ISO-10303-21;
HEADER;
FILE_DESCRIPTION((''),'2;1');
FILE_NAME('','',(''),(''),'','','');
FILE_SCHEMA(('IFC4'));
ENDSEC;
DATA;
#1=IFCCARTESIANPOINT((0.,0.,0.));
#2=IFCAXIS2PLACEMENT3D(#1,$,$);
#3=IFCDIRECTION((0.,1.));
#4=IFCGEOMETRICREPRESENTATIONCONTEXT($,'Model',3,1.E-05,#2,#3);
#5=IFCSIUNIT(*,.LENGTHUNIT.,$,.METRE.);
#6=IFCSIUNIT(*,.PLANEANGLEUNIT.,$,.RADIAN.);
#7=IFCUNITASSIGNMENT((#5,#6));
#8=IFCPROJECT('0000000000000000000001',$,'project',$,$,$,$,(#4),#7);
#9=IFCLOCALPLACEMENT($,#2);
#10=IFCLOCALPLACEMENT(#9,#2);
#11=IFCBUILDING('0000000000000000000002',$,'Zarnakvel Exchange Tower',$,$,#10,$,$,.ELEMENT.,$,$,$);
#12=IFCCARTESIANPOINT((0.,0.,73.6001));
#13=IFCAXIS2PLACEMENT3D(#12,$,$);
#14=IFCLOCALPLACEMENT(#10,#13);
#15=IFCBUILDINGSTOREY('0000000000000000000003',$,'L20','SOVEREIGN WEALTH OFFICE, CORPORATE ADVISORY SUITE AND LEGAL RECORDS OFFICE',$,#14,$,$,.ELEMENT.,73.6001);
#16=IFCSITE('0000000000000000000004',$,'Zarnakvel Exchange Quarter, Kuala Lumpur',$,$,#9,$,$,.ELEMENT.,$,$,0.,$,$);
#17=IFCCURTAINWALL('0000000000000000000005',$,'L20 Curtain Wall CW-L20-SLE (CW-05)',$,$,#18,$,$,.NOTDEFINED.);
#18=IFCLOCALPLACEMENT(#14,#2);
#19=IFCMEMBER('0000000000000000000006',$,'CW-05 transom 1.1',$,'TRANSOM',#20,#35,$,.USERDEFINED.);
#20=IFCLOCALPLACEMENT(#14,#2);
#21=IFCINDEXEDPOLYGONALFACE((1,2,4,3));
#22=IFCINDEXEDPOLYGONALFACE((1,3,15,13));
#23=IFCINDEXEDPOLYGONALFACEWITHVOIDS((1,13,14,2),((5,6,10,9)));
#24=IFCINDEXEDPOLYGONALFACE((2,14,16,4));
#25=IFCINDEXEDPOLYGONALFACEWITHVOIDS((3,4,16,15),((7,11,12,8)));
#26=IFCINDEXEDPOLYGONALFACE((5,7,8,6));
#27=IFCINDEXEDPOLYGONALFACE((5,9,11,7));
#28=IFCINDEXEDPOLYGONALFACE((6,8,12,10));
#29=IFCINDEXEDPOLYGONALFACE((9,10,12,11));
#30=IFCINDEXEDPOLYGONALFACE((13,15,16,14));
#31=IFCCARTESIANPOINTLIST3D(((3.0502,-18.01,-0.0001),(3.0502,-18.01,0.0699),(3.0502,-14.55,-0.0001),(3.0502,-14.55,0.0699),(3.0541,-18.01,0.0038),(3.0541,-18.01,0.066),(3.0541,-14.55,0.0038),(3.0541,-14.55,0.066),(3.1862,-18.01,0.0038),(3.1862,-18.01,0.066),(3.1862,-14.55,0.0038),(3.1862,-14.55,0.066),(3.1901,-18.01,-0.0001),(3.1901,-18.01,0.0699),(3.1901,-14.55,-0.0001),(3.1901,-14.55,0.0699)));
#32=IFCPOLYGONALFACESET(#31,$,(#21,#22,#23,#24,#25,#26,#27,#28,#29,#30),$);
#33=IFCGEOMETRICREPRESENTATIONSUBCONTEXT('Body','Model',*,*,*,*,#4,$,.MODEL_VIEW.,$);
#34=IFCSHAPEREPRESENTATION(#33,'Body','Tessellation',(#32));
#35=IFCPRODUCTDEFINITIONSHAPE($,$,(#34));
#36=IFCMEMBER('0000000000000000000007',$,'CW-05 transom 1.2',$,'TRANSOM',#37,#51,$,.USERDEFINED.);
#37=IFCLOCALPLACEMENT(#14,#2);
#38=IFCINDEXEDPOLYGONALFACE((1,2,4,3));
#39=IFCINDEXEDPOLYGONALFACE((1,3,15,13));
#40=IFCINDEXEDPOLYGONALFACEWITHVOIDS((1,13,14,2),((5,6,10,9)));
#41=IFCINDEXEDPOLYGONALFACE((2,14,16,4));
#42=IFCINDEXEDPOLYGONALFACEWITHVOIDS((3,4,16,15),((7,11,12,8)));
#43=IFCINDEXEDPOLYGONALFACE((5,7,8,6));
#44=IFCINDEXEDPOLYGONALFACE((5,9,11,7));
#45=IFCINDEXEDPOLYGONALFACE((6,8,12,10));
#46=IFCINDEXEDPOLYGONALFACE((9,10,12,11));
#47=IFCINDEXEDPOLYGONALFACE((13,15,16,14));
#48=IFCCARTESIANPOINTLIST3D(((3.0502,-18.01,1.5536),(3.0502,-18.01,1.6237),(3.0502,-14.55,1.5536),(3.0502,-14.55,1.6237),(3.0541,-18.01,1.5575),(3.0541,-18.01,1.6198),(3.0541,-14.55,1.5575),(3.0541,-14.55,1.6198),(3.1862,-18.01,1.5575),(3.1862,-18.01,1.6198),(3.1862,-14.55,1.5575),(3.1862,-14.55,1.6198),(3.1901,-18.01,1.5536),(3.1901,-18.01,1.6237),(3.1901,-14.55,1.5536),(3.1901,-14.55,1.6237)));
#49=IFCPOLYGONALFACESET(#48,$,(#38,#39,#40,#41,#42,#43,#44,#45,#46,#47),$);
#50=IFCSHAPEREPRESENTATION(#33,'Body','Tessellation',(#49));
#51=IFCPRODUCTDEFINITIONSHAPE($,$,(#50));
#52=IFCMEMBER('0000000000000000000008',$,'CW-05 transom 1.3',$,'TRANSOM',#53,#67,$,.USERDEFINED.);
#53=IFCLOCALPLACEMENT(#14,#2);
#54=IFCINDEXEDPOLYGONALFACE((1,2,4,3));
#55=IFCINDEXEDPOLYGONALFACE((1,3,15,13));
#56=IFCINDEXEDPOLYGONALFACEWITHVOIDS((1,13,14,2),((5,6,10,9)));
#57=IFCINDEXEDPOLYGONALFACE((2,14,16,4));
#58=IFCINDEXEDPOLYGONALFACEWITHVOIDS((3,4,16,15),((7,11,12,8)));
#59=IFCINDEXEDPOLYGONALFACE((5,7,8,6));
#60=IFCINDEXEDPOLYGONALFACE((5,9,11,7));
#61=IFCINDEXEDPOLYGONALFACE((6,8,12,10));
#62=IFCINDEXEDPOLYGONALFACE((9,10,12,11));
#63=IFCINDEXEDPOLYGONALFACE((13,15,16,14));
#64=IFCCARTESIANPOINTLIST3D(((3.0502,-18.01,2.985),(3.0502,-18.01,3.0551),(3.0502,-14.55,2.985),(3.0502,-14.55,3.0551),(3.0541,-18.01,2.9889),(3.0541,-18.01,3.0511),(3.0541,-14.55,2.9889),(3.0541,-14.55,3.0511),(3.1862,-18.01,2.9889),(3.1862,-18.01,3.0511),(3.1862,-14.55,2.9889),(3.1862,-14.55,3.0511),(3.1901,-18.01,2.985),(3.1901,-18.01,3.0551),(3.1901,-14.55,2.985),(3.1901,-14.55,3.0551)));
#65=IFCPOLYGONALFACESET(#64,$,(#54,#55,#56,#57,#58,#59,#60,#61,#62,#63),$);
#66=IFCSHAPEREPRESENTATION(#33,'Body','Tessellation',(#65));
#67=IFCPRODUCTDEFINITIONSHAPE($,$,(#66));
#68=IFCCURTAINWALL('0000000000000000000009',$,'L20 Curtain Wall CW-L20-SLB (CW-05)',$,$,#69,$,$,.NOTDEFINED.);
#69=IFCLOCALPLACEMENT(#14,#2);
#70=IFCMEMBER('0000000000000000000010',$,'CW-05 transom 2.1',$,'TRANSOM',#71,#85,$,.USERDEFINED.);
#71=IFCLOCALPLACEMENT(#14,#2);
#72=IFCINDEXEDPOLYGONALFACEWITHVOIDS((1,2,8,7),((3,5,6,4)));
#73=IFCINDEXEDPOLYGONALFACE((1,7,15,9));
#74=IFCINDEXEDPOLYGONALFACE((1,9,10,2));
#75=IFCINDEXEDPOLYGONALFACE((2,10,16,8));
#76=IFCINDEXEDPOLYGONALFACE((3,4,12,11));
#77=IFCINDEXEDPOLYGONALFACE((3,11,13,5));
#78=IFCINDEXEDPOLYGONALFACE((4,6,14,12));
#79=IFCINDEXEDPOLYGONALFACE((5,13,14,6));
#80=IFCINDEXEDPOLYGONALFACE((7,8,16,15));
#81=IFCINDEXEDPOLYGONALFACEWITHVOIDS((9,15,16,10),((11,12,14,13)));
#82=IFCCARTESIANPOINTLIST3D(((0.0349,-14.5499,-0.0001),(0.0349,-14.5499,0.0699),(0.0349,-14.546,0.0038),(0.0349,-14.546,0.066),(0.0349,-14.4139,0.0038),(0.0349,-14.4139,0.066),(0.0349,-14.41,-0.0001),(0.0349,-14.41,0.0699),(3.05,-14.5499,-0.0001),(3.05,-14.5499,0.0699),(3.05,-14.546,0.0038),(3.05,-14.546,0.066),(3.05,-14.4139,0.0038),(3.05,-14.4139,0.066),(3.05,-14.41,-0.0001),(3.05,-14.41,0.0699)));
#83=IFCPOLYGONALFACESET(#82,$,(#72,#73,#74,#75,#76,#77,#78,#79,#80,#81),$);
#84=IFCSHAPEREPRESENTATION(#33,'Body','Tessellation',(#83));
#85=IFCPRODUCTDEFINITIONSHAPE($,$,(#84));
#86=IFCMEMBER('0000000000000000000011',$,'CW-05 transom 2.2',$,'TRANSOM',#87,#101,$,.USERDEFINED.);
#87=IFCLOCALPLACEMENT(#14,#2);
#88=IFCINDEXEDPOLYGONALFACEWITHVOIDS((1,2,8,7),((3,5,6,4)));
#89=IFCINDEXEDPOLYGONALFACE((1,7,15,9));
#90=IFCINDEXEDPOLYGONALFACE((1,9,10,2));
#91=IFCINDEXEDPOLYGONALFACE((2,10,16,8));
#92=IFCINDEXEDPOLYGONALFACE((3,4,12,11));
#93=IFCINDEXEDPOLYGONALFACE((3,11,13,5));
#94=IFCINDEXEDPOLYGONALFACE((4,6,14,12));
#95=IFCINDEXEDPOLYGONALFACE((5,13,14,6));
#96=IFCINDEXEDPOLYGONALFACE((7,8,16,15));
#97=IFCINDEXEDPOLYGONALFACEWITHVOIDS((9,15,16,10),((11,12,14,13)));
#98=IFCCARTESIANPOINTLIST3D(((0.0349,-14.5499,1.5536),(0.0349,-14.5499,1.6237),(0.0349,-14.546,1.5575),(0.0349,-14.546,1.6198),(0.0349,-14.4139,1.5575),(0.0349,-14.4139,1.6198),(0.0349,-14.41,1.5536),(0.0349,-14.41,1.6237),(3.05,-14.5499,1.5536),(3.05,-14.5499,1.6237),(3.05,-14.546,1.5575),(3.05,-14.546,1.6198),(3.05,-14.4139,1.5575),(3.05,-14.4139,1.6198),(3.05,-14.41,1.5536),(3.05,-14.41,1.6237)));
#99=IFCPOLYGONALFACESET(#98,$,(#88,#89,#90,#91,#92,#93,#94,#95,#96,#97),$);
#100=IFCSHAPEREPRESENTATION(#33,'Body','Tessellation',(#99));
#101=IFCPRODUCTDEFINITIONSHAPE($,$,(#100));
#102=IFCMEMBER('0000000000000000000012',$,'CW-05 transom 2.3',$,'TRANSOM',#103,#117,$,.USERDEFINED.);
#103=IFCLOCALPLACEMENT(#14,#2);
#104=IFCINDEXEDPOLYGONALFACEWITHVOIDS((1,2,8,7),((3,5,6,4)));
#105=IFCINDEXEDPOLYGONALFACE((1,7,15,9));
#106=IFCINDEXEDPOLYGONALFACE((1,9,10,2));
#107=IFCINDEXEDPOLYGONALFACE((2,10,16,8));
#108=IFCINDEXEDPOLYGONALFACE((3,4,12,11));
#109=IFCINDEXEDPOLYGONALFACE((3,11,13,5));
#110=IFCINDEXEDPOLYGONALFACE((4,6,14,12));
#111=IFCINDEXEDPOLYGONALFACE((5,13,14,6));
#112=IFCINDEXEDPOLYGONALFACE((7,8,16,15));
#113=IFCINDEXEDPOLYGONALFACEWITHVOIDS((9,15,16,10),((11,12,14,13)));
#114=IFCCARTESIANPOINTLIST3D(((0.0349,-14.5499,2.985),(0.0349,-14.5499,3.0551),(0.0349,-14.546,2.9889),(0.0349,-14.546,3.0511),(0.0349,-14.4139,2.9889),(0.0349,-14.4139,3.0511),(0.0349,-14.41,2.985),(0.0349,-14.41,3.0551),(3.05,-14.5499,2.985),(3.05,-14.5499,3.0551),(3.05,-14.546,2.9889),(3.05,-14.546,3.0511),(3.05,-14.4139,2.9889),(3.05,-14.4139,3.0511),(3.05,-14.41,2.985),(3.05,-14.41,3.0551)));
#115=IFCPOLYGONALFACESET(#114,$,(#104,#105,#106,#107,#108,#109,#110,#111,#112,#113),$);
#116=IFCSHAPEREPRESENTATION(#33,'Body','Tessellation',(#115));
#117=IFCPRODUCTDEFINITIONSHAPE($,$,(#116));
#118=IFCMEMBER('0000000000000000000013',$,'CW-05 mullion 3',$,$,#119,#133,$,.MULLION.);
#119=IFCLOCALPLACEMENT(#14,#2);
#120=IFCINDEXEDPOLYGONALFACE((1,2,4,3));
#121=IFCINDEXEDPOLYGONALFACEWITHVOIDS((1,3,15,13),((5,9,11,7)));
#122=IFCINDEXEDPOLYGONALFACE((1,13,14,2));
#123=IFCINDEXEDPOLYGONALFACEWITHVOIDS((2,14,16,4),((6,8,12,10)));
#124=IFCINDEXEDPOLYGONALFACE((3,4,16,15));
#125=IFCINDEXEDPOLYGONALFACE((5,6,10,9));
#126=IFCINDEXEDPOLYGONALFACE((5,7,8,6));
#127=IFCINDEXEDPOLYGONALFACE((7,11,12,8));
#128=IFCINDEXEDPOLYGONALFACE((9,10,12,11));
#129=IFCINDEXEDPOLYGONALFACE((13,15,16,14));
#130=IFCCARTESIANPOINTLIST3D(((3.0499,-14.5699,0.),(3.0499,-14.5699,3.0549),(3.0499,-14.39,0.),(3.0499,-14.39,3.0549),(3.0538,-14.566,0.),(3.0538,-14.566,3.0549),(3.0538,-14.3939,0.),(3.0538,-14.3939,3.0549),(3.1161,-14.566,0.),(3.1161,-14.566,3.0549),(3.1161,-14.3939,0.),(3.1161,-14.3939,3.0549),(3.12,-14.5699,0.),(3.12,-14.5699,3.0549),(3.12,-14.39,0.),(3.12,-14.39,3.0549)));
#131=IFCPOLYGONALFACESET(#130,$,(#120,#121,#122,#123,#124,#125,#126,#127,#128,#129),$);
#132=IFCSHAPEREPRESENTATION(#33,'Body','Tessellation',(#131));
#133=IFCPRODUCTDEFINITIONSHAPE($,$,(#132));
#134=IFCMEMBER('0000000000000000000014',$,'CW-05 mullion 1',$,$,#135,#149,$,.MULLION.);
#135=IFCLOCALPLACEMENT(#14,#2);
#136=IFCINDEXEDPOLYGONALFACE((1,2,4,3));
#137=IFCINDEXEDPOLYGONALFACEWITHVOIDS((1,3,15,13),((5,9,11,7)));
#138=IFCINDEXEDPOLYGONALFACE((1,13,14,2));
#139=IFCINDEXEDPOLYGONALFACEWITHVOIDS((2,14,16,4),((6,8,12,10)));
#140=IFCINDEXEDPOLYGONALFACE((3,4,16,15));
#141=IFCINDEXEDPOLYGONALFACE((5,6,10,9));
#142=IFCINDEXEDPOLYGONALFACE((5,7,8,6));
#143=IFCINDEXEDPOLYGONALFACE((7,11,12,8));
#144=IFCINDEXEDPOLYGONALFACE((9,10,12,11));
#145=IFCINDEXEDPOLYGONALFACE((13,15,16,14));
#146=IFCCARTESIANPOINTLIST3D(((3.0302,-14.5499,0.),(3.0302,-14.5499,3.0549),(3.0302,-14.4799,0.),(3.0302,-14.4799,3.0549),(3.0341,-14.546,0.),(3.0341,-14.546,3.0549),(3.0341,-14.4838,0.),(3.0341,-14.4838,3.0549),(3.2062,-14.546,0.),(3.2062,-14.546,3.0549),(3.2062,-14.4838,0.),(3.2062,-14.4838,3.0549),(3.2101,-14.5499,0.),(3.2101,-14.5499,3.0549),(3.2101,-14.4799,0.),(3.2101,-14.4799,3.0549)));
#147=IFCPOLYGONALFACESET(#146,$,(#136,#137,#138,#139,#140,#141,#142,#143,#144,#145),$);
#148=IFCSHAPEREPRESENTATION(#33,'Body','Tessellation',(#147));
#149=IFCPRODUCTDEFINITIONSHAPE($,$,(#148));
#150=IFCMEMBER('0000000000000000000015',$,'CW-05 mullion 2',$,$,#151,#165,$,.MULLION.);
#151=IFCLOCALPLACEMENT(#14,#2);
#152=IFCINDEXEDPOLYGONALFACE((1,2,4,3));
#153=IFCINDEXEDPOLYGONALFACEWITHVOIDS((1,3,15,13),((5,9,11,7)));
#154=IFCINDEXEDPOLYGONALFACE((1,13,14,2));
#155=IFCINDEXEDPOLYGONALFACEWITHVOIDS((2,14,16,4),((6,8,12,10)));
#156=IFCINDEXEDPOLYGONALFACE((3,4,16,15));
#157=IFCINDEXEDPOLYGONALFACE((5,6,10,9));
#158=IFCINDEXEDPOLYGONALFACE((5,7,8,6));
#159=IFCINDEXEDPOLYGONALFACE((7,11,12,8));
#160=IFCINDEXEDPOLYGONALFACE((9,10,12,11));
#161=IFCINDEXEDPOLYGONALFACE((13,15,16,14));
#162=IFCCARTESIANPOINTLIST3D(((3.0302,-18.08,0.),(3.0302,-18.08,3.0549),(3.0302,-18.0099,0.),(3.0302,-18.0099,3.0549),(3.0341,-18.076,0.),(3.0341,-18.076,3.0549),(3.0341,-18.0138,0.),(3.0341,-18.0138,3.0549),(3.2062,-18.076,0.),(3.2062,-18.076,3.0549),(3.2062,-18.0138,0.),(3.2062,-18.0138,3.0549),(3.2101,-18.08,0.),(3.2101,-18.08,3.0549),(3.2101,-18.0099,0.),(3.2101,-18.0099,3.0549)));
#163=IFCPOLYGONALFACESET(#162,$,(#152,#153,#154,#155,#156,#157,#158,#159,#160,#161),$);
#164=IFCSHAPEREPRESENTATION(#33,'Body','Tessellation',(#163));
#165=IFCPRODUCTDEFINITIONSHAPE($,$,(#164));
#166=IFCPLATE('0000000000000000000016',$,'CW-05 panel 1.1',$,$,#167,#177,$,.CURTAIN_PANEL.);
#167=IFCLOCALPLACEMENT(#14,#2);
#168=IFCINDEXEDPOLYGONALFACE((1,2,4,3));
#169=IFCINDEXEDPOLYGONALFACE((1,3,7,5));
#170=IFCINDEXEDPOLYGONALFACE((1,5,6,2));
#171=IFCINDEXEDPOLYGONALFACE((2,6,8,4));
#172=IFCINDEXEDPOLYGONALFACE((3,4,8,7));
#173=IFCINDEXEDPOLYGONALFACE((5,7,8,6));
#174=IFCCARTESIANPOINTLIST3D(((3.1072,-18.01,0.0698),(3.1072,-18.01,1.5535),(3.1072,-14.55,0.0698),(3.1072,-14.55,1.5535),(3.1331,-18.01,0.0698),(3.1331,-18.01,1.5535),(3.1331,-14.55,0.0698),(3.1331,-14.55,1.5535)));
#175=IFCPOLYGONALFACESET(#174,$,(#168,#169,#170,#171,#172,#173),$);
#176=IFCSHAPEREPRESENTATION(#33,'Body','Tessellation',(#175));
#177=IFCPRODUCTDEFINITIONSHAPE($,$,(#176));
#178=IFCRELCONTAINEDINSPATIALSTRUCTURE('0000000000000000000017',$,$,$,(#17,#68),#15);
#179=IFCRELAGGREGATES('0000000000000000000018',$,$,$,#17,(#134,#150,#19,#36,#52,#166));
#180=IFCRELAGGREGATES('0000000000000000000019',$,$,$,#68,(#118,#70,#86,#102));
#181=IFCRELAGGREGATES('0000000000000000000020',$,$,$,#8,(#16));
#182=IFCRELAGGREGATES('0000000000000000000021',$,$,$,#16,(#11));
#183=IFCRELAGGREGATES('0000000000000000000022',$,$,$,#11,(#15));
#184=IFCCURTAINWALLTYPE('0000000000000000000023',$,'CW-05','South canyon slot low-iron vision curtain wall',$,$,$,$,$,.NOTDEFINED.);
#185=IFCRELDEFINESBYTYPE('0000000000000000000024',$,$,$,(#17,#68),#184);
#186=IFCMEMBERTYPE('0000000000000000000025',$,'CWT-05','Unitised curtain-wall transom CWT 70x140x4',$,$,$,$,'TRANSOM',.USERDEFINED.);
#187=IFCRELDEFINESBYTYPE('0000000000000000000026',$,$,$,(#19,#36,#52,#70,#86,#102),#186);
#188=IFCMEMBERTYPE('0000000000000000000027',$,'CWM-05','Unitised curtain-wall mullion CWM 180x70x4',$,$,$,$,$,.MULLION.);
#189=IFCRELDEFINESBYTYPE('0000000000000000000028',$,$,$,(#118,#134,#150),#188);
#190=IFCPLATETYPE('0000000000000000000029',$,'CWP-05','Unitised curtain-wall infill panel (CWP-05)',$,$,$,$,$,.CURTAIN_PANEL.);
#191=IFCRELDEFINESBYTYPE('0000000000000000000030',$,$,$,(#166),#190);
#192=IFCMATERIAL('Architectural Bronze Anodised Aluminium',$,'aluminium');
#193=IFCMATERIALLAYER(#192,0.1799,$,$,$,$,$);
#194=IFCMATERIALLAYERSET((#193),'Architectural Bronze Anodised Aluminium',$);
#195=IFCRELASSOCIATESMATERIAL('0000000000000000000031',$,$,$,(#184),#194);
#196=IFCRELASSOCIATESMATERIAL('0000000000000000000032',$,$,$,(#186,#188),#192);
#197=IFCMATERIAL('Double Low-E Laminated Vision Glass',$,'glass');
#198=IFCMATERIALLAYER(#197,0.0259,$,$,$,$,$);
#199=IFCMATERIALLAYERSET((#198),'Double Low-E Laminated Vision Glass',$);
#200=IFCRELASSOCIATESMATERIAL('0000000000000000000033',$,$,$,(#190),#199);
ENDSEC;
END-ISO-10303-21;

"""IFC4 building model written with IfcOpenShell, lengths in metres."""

from ifc_helpers import new_model, si_unit, direction, frame, origin, origin_2d, place, context, subcontext, project, spatial, rectangle, hollow_rectangle, extrude, source, transform, mapped, material, layer, layer_set, material_profile, profile_set, type_object, element, aggregate, save


model = new_model("IFC4")

# Units and contexts
model_context = context("Model", 3, precision=1e-05, world=origin(), true_north=direction((0.0, 1.0)))
body_context = subcontext(model_context, "Body", "Model", "MODEL_VIEW")
ifc_project = project(units=[si_unit("LENGTHUNIT", "METRE"), si_unit("PLANEANGLEUNIT", "RADIAN")], contexts=[model_context])

# Site, building, storey
site_placement = place(None, origin())
site = spatial("IfcSite", under=ifc_project, at=site_placement, Name="Zarnakvel Exchange Quarter, Kuala Lumpur", CompositionType="ELEMENT", RefElevation=0.0)
building_placement = place(site_placement, origin())
building = spatial("IfcBuilding", under=site, at=building_placement, Name="Zarnakvel Exchange Tower", CompositionType="ELEMENT")
storey_placement = place(building_placement, frame((0.0, 0.0, 73.6001)))
storey = spatial("IfcBuildingStorey", under=building, at=storey_placement, Name="L20", Description="SOVEREIGN WEALTH OFFICE, CORPORATE ADVISORY SUITE AND LEGAL RECORDS OFFICE", CompositionType="ELEMENT", Elevation=73.6001)

# Curtain walls, members
ifc_material_1 = material(Name="Architectural Bronze Anodised Aluminium", Category="aluminium")
ifc_layer_1 = layer(ifc_material_1, 0.1799)
ifc_layer_set_1 = layer_set([ifc_layer_1], Name="Architectural Bronze Anodised Aluminium")
curtain_wall_type = type_object("IfcCurtainWallType", Name="CW-05", Description="South canyon slot low-iron vision curtain wall", PredefinedType="NOTDEFINED", material=ifc_layer_set_1)
curtain_wall_1_placement = place(storey_placement, origin())
curtain_wall_1 = element("IfcCurtainWall", 1, at=curtain_wall_1_placement, inside=storey, type_object=curtain_wall_type, Name="L20 Curtain Wall CW-L20-SLE (CW-05)", PredefinedType="NOTDEFINED")
ifc_material_profile_1 = material_profile(ifc_material_1, hollow_rectangle(XDim=0.1399, YDim=0.0701, WallThickness=0.0039, at=origin_2d()))
ifc_profile_set_1 = profile_set([ifc_material_profile_1], Name="Architectural Bronze Anodised Aluminium")
member_type_1 = type_object("IfcMemberType", Name="CWT-05", Description="Unitised curtain-wall transom CWT 70x140x4", ElementType="TRANSOM", PredefinedType="USERDEFINED", material=ifc_profile_set_1)
shared_shape_1 = source(origin(), body_context, "Body", "SweptSolid", [
    extrude(hollow_rectangle(XDim=0.1399, YDim=0.0701, WallThickness=0.0039, at=origin_2d()), origin(), (0.0, 0.0, 1.0), 3.46),
])
member_1_placement = place(storey_placement, frame((3.1201, -14.55, 0.0349), z_axis=(0.0, -1.0, 0.0), x_axis=(1.0, 0.0, 0.0)))
member_1 = element("IfcMember", 2, at=member_1_placement, type_object=member_type_1, Name="CW-05 transom 1.1", ObjectType="TRANSOM", PredefinedType="USERDEFINED", context=body_context, shape_type="MappedRepresentation", body=[
    mapped(shared_shape_1, transform((0.0, 0.0, 0.0), x_axis=(1.0, 0.0, 0.0), y_axis=(0.0, 1.0, 0.0), z_axis=(0.0, 0.0, 1.0), scale=1.0)),
])
member_2_placement = place(storey_placement, frame((3.1201, -14.55, 1.5886), z_axis=(0.0, -1.0, 0.0), x_axis=(1.0, 0.0, 0.0)))
member_2 = element("IfcMember", 3, at=member_2_placement, type_object=member_type_1, Name="CW-05 transom 1.2", ObjectType="TRANSOM", PredefinedType="USERDEFINED", context=body_context, shape_type="MappedRepresentation", body=[
    mapped(shared_shape_1, transform((0.0, 0.0, 0.0), x_axis=(1.0, 0.0, 0.0), y_axis=(0.0, 1.0, 0.0), z_axis=(0.0, 0.0, 1.0), scale=1.0)),
])
member_3_placement = place(storey_placement, frame((3.1201, -14.55, 3.02), z_axis=(0.0, -1.0, 0.0), x_axis=(1.0, 0.0, 0.0)))
member_3 = element("IfcMember", 4, at=member_3_placement, type_object=member_type_1, Name="CW-05 transom 1.3", ObjectType="TRANSOM", PredefinedType="USERDEFINED", context=body_context, shape_type="MappedRepresentation", body=[
    mapped(shared_shape_1, transform((0.0, 0.0, 0.0), x_axis=(1.0, 0.0, 0.0), y_axis=(0.0, 1.0, 0.0), z_axis=(0.0, 0.0, 1.0), scale=1.0)),
])
curtain_wall_2_placement = place(storey_placement, origin())
curtain_wall_2 = element("IfcCurtainWall", 5, at=curtain_wall_2_placement, inside=storey, type_object=curtain_wall_type, Name="L20 Curtain Wall CW-L20-SLB (CW-05)", PredefinedType="NOTDEFINED")
shared_shape_2 = source(origin(), body_context, "Body", "SweptSolid", [
    extrude(hollow_rectangle(XDim=0.1399, YDim=0.0701, WallThickness=0.0039, at=origin_2d()), origin(), (0.0, 0.0, 1.0), 3.0151),
])
member_4_placement = place(storey_placement, frame((0.0349, -14.48, 0.0349), z_axis=(1.0, 0.0, 0.0), x_axis=(0.0, 1.0, 0.0)))
member_4 = element("IfcMember", 6, at=member_4_placement, type_object=member_type_1, Name="CW-05 transom 2.1", ObjectType="TRANSOM", PredefinedType="USERDEFINED", context=body_context, shape_type="MappedRepresentation", body=[
    mapped(shared_shape_2, transform((0.0, 0.0, 0.0), x_axis=(1.0, 0.0, 0.0), y_axis=(0.0, 1.0, 0.0), z_axis=(0.0, 0.0, 1.0), scale=1.0)),
])
member_5_placement = place(storey_placement, frame((0.0349, -14.48, 1.5886), z_axis=(1.0, 0.0, 0.0), x_axis=(0.0, 1.0, 0.0)))
member_5 = element("IfcMember", 7, at=member_5_placement, type_object=member_type_1, Name="CW-05 transom 2.2", ObjectType="TRANSOM", PredefinedType="USERDEFINED", context=body_context, shape_type="MappedRepresentation", body=[
    mapped(shared_shape_2, transform((0.0, 0.0, 0.0), x_axis=(1.0, 0.0, 0.0), y_axis=(0.0, 1.0, 0.0), z_axis=(0.0, 0.0, 1.0), scale=1.0)),
])
member_6_placement = place(storey_placement, frame((0.0349, -14.48, 3.02), z_axis=(1.0, 0.0, 0.0), x_axis=(0.0, 1.0, 0.0)))
member_6 = element("IfcMember", 8, at=member_6_placement, type_object=member_type_1, Name="CW-05 transom 2.3", ObjectType="TRANSOM", PredefinedType="USERDEFINED", context=body_context, shape_type="MappedRepresentation", body=[
    mapped(shared_shape_2, transform((0.0, 0.0, 0.0), x_axis=(1.0, 0.0, 0.0), y_axis=(0.0, 1.0, 0.0), z_axis=(0.0, 0.0, 1.0), scale=1.0)),
])
ifc_material_profile_2 = material_profile(ifc_material_1, hollow_rectangle(XDim=0.1799, YDim=0.0701, WallThickness=0.0039, at=origin_2d()))
ifc_profile_set_2 = profile_set([ifc_material_profile_2], Name="Architectural Bronze Anodised Aluminium")
member_type_2 = type_object("IfcMemberType", Name="CWM-05", Description="Unitised curtain-wall mullion CWM 180x70x4", PredefinedType="MULLION", material=ifc_profile_set_2)
shared_shape_3 = source(origin(), body_context, "Body", "SweptSolid", [
    extrude(hollow_rectangle(XDim=0.1799, YDim=0.0701, WallThickness=0.0039, at=origin_2d()), origin(), (0.0, 0.0, 1.0), 3.0549),
])
member_7_placement = place(storey_placement, frame((3.085, -14.48, 0.0), z_axis=(0.0, 0.0, 1.0), x_axis=(0.0, 1.0, 0.0)))
member_7 = element("IfcMember", 9, at=member_7_placement, type_object=member_type_2, Name="CW-05 mullion 3", PredefinedType="MULLION", context=body_context, shape_type="MappedRepresentation", body=[
    mapped(shared_shape_3, transform((0.0, 0.0, 0.0), x_axis=(1.0, 0.0, 0.0), y_axis=(0.0, 1.0, 0.0), z_axis=(0.0, 0.0, 1.0), scale=1.0)),
])

# Members
member_8_placement = place(storey_placement, frame((3.1201, -14.5149, 0.0), z_axis=(0.0, 0.0, 1.0), x_axis=(1.0, 0.0, 0.0)))
member_8 = element("IfcMember", 10, at=member_8_placement, type_object=member_type_2, Name="CW-05 mullion 1", PredefinedType="MULLION", context=body_context, shape_type="MappedRepresentation", body=[
    mapped(shared_shape_3, transform((0.0, 0.0, 0.0), x_axis=(1.0, 0.0, 0.0), y_axis=(0.0, 1.0, 0.0), z_axis=(0.0, 0.0, 1.0), scale=1.0)),
])
member_9_placement = place(storey_placement, frame((3.1201, -18.0449, 0.0), z_axis=(0.0, 0.0, 1.0), x_axis=(1.0, 0.0, 0.0)))
member_9 = element("IfcMember", 11, at=member_9_placement, type_object=member_type_2, Name="CW-05 mullion 2", PredefinedType="MULLION", context=body_context, shape_type="MappedRepresentation", body=[
    mapped(shared_shape_3, transform((0.0, 0.0, 0.0), x_axis=(1.0, 0.0, 0.0), y_axis=(0.0, 1.0, 0.0), z_axis=(0.0, 0.0, 1.0), scale=1.0)),
])

# Plate
ifc_material_2 = material(Name="Double Low-E Laminated Vision Glass", Category="glass")
ifc_layer_2 = layer(ifc_material_2, 0.0259)
ifc_layer_set_2 = layer_set([ifc_layer_2], Name="Double Low-E Laminated Vision Glass")
plate_type = type_object("IfcPlateType", Name="CWP-05", Description="Unitised curtain-wall infill panel (CWP-05)", PredefinedType="CURTAIN_PANEL", material=ifc_layer_set_2)
shared_shape_4 = source(origin(), body_context, "Body", "SweptSolid", [
    extrude(rectangle(XDim=3.46, YDim=0.0259, at=origin_2d()), origin(), (0.0, 0.0, 1.0), 1.4836),
])
plate_1_placement = place(storey_placement, frame((3.1201, -16.28, 0.0698), z_axis=(0.0, 0.0, 1.0), x_axis=(0.0, -1.0, 0.0)))
plate_1 = element("IfcPlate", 12, at=plate_1_placement, type_object=plate_type, Name="CW-05 panel 1.1", PredefinedType="CURTAIN_PANEL", context=body_context, shape_type="MappedRepresentation", body=[
    mapped(shared_shape_4, transform((0.0, 0.0, 0.0), x_axis=(1.0, 0.0, 0.0), y_axis=(0.0, 1.0, 0.0), z_axis=(0.0, 0.0, 1.0), scale=1.0)),
])
aggregate(curtain_wall_1, [member_8, member_9, member_1, member_2, member_3, plate_1])
aggregate(curtain_wall_2, [member_7, member_4, member_5, member_6])

save(model, "model.ifc")
